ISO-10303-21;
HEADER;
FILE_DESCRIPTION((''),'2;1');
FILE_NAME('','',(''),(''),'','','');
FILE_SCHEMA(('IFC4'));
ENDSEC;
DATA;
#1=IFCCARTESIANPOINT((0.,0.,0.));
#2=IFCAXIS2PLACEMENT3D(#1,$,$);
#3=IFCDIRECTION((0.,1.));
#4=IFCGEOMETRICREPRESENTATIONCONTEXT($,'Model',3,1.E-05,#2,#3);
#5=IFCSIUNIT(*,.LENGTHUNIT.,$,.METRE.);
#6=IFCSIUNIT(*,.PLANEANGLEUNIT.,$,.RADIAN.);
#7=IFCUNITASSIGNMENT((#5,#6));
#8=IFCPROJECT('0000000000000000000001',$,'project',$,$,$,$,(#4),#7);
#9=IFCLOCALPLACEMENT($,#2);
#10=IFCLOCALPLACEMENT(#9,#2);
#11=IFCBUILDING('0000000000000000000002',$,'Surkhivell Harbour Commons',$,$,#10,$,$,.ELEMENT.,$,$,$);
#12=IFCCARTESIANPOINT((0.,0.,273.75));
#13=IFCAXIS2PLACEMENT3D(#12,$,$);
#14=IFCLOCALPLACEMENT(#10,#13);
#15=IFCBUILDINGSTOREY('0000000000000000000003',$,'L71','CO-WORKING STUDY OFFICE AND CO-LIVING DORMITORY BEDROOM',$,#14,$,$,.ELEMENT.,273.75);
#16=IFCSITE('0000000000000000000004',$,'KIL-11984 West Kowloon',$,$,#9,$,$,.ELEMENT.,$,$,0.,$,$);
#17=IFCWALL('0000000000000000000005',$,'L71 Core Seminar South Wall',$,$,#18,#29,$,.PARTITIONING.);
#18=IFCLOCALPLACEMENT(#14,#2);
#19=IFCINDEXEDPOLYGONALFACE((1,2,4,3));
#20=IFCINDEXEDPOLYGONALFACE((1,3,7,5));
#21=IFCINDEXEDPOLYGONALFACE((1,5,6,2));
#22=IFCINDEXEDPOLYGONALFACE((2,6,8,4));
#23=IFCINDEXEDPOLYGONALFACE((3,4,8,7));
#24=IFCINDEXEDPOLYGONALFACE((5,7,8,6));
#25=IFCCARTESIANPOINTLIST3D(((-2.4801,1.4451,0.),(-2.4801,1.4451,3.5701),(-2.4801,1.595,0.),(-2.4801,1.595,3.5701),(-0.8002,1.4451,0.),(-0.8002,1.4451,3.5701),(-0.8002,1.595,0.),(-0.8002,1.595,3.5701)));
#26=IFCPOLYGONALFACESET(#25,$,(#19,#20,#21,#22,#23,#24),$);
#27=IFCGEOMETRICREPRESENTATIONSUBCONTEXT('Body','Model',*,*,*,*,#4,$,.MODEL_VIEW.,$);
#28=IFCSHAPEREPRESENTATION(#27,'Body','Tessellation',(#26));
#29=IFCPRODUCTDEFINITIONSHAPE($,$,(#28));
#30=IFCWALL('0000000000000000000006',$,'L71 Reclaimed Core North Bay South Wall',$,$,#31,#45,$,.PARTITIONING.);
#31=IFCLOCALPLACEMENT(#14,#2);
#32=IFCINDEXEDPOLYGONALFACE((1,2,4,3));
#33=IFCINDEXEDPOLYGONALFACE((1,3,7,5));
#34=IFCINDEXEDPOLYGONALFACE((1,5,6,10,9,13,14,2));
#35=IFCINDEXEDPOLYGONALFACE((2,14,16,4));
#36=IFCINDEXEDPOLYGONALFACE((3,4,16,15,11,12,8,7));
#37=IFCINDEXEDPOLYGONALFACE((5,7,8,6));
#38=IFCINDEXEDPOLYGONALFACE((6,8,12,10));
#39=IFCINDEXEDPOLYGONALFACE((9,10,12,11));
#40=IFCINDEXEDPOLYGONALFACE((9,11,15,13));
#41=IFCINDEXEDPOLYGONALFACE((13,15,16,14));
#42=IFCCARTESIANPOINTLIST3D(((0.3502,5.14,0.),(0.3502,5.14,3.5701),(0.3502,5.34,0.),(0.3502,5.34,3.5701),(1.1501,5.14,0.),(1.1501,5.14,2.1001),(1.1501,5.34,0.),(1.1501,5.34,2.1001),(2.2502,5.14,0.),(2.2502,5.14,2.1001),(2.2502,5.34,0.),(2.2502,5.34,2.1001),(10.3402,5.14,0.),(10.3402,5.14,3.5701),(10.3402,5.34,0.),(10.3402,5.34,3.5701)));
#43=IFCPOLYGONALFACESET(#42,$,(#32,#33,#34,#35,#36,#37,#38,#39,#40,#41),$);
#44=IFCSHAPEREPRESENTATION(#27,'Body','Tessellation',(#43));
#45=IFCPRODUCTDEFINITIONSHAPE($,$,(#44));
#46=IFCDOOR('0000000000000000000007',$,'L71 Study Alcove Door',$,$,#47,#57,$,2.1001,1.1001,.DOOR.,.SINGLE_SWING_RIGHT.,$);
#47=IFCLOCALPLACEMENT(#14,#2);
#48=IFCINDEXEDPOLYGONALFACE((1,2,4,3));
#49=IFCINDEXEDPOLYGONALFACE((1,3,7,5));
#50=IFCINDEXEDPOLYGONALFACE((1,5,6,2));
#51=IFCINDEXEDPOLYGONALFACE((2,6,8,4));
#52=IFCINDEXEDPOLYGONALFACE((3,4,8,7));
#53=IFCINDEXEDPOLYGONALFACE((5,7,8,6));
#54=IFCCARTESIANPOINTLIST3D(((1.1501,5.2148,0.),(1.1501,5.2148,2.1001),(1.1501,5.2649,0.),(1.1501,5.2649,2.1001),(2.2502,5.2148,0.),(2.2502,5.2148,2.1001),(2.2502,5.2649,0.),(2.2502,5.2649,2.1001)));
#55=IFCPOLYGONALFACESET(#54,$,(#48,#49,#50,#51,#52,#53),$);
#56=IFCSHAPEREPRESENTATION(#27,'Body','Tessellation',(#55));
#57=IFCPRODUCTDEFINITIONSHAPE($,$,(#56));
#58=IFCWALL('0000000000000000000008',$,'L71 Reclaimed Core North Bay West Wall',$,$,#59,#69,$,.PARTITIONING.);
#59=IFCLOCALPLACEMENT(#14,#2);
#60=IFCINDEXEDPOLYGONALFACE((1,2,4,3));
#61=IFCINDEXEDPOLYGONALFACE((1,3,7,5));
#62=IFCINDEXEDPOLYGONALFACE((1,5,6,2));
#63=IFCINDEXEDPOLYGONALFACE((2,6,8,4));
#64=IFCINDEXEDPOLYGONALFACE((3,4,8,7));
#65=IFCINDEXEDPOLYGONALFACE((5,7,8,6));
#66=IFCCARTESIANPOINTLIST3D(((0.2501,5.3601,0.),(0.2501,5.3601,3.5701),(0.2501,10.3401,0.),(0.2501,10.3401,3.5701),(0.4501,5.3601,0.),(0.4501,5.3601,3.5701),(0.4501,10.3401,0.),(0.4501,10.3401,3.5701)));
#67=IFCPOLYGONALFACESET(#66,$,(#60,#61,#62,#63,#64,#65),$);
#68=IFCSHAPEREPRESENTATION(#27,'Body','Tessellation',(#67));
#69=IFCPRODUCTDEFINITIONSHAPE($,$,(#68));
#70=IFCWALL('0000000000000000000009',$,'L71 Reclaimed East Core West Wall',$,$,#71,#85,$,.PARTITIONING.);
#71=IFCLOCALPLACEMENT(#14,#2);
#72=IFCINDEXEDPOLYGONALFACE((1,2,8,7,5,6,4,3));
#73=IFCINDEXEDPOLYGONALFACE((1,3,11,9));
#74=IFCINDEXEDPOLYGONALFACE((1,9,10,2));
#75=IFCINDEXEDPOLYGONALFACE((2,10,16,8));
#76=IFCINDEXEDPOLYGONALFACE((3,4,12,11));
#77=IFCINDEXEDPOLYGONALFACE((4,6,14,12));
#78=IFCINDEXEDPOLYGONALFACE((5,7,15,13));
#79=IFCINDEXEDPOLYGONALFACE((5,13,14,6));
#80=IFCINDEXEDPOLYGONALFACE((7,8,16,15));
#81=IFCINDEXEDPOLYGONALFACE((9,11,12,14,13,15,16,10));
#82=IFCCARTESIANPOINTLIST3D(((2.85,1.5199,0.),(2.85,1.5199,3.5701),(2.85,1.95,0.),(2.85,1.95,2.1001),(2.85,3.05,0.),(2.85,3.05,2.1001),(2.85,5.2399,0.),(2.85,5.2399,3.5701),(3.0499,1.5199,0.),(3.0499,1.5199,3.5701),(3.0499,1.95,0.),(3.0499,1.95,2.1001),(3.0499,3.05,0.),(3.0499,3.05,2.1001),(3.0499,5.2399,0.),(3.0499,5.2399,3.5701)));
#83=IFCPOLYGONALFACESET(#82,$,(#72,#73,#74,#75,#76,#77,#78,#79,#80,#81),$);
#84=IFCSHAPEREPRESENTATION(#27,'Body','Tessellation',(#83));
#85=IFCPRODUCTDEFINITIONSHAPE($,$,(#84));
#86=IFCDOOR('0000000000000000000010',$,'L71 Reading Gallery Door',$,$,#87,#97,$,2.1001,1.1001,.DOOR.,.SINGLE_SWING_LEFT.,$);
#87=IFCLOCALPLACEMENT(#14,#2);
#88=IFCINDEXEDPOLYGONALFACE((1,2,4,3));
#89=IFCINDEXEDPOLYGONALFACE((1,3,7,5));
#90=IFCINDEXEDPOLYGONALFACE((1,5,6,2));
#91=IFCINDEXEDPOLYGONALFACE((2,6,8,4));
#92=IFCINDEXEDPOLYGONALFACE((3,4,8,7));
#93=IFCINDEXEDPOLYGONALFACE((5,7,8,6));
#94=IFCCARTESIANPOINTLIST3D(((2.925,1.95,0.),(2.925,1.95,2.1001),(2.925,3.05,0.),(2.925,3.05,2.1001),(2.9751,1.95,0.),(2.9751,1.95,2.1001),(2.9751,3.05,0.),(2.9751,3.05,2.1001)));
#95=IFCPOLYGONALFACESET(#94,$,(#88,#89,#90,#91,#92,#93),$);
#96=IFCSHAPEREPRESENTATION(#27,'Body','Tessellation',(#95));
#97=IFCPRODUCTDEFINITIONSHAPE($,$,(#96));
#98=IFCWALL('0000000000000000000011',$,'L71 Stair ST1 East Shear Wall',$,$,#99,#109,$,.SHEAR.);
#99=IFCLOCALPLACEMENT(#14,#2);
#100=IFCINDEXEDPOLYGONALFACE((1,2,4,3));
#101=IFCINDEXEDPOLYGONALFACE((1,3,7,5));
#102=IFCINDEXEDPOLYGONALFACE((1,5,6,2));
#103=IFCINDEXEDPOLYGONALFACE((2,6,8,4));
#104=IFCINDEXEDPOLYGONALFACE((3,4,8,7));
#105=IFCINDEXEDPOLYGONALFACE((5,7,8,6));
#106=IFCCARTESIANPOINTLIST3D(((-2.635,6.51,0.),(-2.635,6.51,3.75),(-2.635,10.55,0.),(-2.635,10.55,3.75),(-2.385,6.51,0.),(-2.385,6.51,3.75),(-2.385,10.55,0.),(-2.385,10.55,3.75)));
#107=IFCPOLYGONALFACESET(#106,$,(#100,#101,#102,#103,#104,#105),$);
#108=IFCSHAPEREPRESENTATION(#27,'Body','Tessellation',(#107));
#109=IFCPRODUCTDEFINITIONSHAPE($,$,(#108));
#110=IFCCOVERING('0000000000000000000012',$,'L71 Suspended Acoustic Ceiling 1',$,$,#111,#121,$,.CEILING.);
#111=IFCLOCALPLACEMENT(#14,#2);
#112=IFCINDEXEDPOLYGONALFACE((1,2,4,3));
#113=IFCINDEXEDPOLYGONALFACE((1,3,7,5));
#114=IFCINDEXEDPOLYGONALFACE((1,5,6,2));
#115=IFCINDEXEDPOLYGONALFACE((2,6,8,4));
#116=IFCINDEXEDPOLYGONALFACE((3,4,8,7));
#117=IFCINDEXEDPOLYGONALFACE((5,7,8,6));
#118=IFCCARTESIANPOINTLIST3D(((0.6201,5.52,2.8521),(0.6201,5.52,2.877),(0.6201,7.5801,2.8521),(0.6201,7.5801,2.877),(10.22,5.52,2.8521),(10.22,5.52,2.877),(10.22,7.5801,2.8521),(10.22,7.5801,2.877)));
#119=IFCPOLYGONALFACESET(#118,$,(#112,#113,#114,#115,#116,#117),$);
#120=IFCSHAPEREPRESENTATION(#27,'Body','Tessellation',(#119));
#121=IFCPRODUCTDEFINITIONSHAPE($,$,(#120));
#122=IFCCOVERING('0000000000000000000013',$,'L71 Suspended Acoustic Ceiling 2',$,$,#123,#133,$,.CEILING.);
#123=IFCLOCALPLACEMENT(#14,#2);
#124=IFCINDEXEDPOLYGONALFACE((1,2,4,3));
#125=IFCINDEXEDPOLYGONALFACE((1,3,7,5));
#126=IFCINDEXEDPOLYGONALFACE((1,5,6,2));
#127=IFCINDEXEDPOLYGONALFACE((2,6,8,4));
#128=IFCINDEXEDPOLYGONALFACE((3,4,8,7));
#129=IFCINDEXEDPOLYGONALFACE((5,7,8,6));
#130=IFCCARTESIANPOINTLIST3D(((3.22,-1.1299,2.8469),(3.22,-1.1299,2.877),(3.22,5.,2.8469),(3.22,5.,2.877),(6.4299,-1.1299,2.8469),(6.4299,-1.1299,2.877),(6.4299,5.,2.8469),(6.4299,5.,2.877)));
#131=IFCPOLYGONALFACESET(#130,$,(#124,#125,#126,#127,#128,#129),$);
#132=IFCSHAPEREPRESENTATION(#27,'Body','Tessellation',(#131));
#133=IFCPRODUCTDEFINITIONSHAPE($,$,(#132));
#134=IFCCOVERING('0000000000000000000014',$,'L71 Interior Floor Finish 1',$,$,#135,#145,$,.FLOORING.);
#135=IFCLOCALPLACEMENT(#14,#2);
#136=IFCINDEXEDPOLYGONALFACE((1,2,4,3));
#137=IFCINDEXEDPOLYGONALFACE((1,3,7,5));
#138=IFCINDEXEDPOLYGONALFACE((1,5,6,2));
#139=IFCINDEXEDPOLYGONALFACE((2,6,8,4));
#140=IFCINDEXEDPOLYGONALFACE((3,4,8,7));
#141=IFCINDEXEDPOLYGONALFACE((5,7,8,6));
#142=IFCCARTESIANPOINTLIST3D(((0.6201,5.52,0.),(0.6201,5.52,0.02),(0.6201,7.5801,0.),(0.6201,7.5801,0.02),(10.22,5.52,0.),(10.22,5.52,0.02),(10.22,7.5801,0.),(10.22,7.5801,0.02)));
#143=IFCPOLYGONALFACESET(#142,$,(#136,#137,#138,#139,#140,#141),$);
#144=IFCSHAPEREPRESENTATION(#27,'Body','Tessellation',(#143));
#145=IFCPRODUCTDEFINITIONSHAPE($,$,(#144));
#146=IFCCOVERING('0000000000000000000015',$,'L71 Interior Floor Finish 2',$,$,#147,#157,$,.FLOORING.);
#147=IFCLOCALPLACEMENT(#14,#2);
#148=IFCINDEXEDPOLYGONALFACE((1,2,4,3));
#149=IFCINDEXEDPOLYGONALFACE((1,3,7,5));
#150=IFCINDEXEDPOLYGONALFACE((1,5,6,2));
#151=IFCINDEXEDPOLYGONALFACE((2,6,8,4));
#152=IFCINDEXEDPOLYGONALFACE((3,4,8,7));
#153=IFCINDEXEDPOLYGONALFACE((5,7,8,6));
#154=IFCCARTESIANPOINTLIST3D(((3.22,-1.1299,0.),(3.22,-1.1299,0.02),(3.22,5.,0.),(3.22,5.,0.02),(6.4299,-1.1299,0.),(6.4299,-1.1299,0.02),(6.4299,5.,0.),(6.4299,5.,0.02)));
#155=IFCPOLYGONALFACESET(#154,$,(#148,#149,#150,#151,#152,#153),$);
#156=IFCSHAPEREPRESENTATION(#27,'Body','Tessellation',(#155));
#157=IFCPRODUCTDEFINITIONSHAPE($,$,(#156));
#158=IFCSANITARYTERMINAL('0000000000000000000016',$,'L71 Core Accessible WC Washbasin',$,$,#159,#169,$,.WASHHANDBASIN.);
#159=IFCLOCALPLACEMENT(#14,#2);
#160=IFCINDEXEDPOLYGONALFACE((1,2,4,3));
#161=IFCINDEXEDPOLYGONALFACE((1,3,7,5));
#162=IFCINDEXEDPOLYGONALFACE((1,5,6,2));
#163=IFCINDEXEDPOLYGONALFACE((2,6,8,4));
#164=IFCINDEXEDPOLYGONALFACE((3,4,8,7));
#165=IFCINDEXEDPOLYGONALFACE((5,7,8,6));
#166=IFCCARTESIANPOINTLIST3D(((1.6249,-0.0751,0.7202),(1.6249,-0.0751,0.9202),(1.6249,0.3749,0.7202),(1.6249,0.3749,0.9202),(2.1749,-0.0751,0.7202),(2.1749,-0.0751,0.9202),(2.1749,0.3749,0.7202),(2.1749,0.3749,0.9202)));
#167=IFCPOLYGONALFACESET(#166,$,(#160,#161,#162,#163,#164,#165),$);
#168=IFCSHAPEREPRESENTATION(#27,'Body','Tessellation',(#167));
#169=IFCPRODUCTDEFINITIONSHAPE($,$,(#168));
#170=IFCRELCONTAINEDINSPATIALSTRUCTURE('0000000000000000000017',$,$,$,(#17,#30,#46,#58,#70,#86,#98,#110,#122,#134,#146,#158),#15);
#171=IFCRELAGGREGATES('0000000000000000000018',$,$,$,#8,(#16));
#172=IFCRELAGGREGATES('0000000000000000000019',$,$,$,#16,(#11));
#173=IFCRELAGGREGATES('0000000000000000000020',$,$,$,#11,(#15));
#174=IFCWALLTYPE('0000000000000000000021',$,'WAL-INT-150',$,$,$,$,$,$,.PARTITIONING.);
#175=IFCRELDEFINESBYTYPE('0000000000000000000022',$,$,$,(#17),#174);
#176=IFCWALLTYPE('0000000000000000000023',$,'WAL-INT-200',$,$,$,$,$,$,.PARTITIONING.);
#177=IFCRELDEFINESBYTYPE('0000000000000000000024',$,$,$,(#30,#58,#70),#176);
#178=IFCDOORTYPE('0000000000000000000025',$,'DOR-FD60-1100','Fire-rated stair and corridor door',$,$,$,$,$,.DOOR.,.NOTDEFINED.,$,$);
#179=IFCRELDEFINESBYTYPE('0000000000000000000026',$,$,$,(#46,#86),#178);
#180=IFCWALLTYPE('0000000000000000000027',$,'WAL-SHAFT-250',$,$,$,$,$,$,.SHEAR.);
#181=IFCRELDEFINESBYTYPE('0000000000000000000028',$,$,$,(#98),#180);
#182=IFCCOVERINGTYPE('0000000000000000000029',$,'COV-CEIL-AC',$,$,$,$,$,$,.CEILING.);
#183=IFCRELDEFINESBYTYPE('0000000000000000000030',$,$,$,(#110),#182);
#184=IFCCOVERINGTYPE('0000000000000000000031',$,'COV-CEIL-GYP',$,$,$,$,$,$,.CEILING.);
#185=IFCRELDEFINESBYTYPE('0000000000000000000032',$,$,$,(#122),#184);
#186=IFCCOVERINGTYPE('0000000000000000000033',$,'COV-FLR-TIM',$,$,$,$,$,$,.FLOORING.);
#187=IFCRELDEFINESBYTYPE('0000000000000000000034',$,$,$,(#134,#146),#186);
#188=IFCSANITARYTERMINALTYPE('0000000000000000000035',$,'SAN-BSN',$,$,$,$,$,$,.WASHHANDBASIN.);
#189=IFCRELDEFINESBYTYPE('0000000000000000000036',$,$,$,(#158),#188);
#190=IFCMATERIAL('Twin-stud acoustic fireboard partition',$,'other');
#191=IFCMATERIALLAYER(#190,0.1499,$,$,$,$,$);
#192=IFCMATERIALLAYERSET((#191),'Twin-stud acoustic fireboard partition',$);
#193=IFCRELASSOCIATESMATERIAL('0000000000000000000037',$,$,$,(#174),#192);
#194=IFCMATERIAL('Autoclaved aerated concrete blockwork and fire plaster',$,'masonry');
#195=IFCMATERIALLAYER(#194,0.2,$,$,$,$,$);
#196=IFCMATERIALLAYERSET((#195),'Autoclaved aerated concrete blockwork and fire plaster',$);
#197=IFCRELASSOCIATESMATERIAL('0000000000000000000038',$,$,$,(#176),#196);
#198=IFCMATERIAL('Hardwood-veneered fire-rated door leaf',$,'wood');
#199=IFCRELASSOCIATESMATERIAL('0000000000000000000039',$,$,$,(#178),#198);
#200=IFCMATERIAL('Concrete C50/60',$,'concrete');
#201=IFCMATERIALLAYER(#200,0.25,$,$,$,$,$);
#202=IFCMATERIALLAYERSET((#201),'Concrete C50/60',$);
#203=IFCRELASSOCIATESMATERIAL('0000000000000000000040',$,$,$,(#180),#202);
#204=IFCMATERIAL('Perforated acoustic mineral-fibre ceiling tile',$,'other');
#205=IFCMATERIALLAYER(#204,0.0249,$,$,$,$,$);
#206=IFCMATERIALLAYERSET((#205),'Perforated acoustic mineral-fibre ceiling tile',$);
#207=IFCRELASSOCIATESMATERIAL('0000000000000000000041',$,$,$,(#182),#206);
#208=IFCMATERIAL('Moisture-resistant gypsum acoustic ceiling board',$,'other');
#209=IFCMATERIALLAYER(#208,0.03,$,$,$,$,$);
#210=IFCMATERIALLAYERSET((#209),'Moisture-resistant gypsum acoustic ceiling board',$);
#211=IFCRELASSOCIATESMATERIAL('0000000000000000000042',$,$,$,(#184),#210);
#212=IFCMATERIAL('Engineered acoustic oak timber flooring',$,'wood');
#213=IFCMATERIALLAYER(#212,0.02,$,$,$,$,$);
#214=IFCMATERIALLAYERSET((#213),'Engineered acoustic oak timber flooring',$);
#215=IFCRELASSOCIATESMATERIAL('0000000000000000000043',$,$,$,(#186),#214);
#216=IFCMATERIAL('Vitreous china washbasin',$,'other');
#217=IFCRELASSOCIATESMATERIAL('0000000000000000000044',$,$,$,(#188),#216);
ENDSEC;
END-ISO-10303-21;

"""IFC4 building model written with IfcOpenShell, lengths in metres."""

from ifc_helpers import new_model, si_unit, direction, frame, frame_2d, origin, origin_2d, place, context, subcontext, project, spatial, polyline, rectangle, outline, extrude, material, layer, layer_set, type_object, element, fill, save


model = new_model("IFC4")

# Units and contexts
model_context = context("Model", 3, precision=1e-05, world=origin(), true_north=direction((0.0, 1.0)))
body_context = subcontext(model_context, "Body", "Model", "MODEL_VIEW")
ifc_project = project(units=[si_unit("LENGTHUNIT", "METRE"), si_unit("PLANEANGLEUNIT", "RADIAN")], contexts=[model_context])

# Site, building, storey
site_placement = place(None, origin())
site = spatial("IfcSite", under=ifc_project, at=site_placement, Name="KIL-11984 West Kowloon", CompositionType="ELEMENT", RefElevation=0.0)
building_placement = place(site_placement, origin())
building = spatial("IfcBuilding", under=site, at=building_placement, Name="Surkhivell Harbour Commons", CompositionType="ELEMENT")
storey_placement = place(building_placement, frame((0.0, 0.0, 273.75)))
storey = spatial("IfcBuildingStorey", under=building, at=storey_placement, Name="L71", Description="CO-WORKING STUDY OFFICE AND CO-LIVING DORMITORY BEDROOM", CompositionType="ELEMENT", Elevation=273.75)

# Shared definitions
ifc_material_1 = material(Name="Concrete C50/60", Category="concrete")
ifc_material_2 = material(Name="Twin-stud acoustic fireboard partition", Category="other")
ifc_layer_1 = layer(ifc_material_2, 0.1499)
ifc_layer_set_1 = layer_set([ifc_layer_1], Name="Twin-stud acoustic fireboard partition")
wall_type_1 = type_object("IfcWallType", Name="WAL-INT-150", PredefinedType="PARTITIONING", material=ifc_layer_set_1)

# Shared definitions
ifc_material_3 = material(Name="Hardwood-veneered fire-rated door leaf", Category="wood")

# Wall
for number, where, z_axis, x_axis, name in (
    (1, (-2.48, 1.52, 0.0), (0.0, 0.0, 1.0), (1.0, 0.0, 0.0), "L71 Core Seminar South Wall"),
):
    element("IfcWall", number, at=place(storey_placement, frame(where, z_axis=z_axis, x_axis=x_axis)), inside=storey, type_object=wall_type_1, Name=name, PredefinedType="PARTITIONING", context=body_context, shape_type="SweptSolid", body=[
        extrude(rectangle(XDim=1.6799, YDim=0.1499, at=frame_2d((0.8398, 0.0))), origin(), (0.0, 0.0, 1.0), 3.5701),
    ])

# Wall, opening, door
ifc_material_4 = material(Name="Autoclaved aerated concrete blockwork and fire plaster", Category="masonry")
ifc_layer_2 = layer(ifc_material_4, 0.2)
ifc_layer_set_2 = layer_set([ifc_layer_2], Name="Autoclaved aerated concrete blockwork and fire plaster")
wall_type_2 = type_object("IfcWallType", Name="WAL-INT-200", PredefinedType="PARTITIONING", material=ifc_layer_set_2)
wall_1_placement = place(storey_placement, frame((0.3501, 5.24, 0.0), z_axis=(0.0, 0.0, 1.0), x_axis=(1.0, 0.0, 0.0)))
wall_1 = element("IfcWall", 2, at=wall_1_placement, inside=storey, type_object=wall_type_2, Name="L71 Reclaimed Core North Bay South Wall", PredefinedType="PARTITIONING", context=body_context, shape_type="SweptSolid", body=[
    extrude(rectangle(XDim=9.99, YDim=0.2, at=frame_2d((4.9951, 0.0))), origin(), (0.0, 0.0, 1.0), 3.5701),
])
opening_1_placement = place(wall_1_placement, frame((0.8, 0.0, 0.0)))
opening_1 = element("IfcOpeningElement", 3, at=opening_1_placement, cuts=wall_1, PredefinedType="OPENING", context=body_context, shape_type="SweptSolid", body=[
    extrude(rectangle(XDim=1.1001, YDim=2.1001, at=frame_2d((0.55, 1.05))), frame((0.0, 0.1099, 0.0), z_axis=(0.0, -1.0, 0.0), x_axis=(1.0, 0.0, 0.0)), (0.0, 0.0, 1.0), 0.22),
])
door_type_1 = type_object("IfcDoorType", Name="DOR-FD60-1100", Description="Fire-rated stair and corridor door", OperationType="NOTDEFINED", PredefinedType="DOOR", material=ifc_material_3)
door_1_placement = place(opening_1_placement, origin())
door_1 = element("IfcDoor", 4, at=door_1_placement, inside=storey, type_object=door_type_1, Name="L71 Study Alcove Door", OperationType="SINGLE_SWING_RIGHT", OverallHeight=2.1001, OverallWidth=1.1001, PredefinedType="DOOR", context=body_context, shape_type="SweptSolid", body=[
    extrude(rectangle(XDim=1.1001, YDim=2.1001, at=frame_2d((0.55, 1.05))), frame((0.0, 0.0249, 0.0), z_axis=(0.0, -1.0, 0.0), x_axis=(1.0, 0.0, 0.0)), (0.0, 0.0, 1.0), 0.05),
])
fill(opening_1, door_1)

# Wall
wall_2_placement = place(storey_placement, frame((0.3501, 5.3601, 0.0), z_axis=(0.0, 0.0, 1.0), x_axis=(0.0, 1.0, 0.0)))
element("IfcWall", 5, at=wall_2_placement, inside=storey, type_object=wall_type_2, Name="L71 Reclaimed Core North Bay West Wall", PredefinedType="PARTITIONING", context=body_context, shape_type="SweptSolid", body=[
    extrude(rectangle(XDim=4.98, YDim=0.2, at=frame_2d((2.49, 0.0))), origin(), (0.0, 0.0, 1.0), 3.5701),
])

# Wall, opening, door
wall_3_placement = place(storey_placement, frame((2.95, 1.52, 0.0), z_axis=(0.0, 0.0, 1.0), x_axis=(0.0, 1.0, 0.0)))
wall_3 = element("IfcWall", 6, at=wall_3_placement, inside=storey, type_object=wall_type_2, Name="L71 Reclaimed East Core West Wall", PredefinedType="PARTITIONING", context=body_context, shape_type="SweptSolid", body=[
    extrude(rectangle(XDim=3.72, YDim=0.2, at=frame_2d((1.8599, 0.0))), origin(), (0.0, 0.0, 1.0), 3.5701),
])
opening_2_placement = place(wall_3_placement, frame((0.4299, 0.0, 0.0)))
opening_2 = element("IfcOpeningElement", 7, at=opening_2_placement, cuts=wall_3, PredefinedType="OPENING", context=body_context, shape_type="SweptSolid", body=[
    extrude(rectangle(XDim=1.1001, YDim=2.1001, at=frame_2d((0.55, 1.05))), frame((0.0, 0.1099, 0.0), z_axis=(0.0, -1.0, 0.0), x_axis=(1.0, 0.0, 0.0)), (0.0, 0.0, 1.0), 0.22),
])
door_2_placement = place(opening_2_placement, origin())
door_2 = element("IfcDoor", 8, at=door_2_placement, inside=storey, type_object=door_type_1, Name="L71 Reading Gallery Door", OperationType="SINGLE_SWING_LEFT", OverallHeight=2.1001, OverallWidth=1.1001, PredefinedType="DOOR", context=body_context, shape_type="SweptSolid", body=[
    extrude(rectangle(XDim=1.1001, YDim=2.1001, at=frame_2d((0.55, 1.05))), frame((0.0, 0.0249, 0.0), z_axis=(0.0, -1.0, 0.0), x_axis=(1.0, 0.0, 0.0)), (0.0, 0.0, 1.0), 0.05),
])
fill(opening_2, door_2)

# Wall
ifc_layer_3 = layer(ifc_material_1, 0.25)
ifc_layer_set_3 = layer_set([ifc_layer_3], Name="Concrete C50/60")
wall_type_3 = type_object("IfcWallType", Name="WAL-SHAFT-250", PredefinedType="SHEAR", material=ifc_layer_set_3)
wall_4_placement = place(storey_placement, frame((-2.51, 6.51, 0.0), z_axis=(0.0, 0.0, 1.0), x_axis=(0.0, 1.0, 0.0)))
element("IfcWall", 9, at=wall_4_placement, inside=storey, type_object=wall_type_3, Name="L71 Stair ST1 East Shear Wall", PredefinedType="SHEAR", context=body_context, shape_type="SweptSolid", body=[
    extrude(rectangle(XDim=4.04, YDim=0.25, at=frame_2d((2.02, 0.0))), origin(), (0.0, 0.0, 1.0), 3.75),
])

# Coverings
ifc_material_5 = material(Name="Perforated acoustic mineral-fibre ceiling tile", Category="other")
ifc_layer_4 = layer(ifc_material_5, 0.0249)
ifc_layer_set_4 = layer_set([ifc_layer_4], Name="Perforated acoustic mineral-fibre ceiling tile")
covering_type_1 = type_object("IfcCoveringType", Name="COV-CEIL-AC", PredefinedType="CEILING", material=ifc_layer_set_4)
covering_1_placement = place(storey_placement, frame((0.0, 0.0, 2.8521)))
element("IfcCovering", 10, at=covering_1_placement, inside=storey, type_object=covering_type_1, Name="L71 Suspended Acoustic Ceiling 1", PredefinedType="CEILING", context=body_context, shape_type="SweptSolid", body=[
    extrude(outline(polyline([(0.6201, 5.52), (10.22, 5.52), (10.22, 7.5801), (0.6201, 7.5801), (0.6201, 5.52)])), origin(), (0.0, 0.0, 1.0), 0.0249),
])
ifc_material_6 = material(Name="Moisture-resistant gypsum acoustic ceiling board", Category="other")
ifc_layer_5 = layer(ifc_material_6, 0.03)
ifc_layer_set_5 = layer_set([ifc_layer_5], Name="Moisture-resistant gypsum acoustic ceiling board")
covering_type_2 = type_object("IfcCoveringType", Name="COV-CEIL-GYP", PredefinedType="CEILING", material=ifc_layer_set_5)
covering_2_placement = place(storey_placement, frame((0.0, 0.0, 2.8469)))
element("IfcCovering", 11, at=covering_2_placement, inside=storey, type_object=covering_type_2, Name="L71 Suspended Acoustic Ceiling 2", PredefinedType="CEILING", context=body_context, shape_type="SweptSolid", body=[
    extrude(outline(polyline([(3.22, -1.1299), (6.4299, -1.1299), (6.4299, 5.0), (3.22, 5.0), (3.22, -1.1299)])), origin(), (0.0, 0.0, 1.0), 0.03),
])
ifc_material_7 = material(Name="Engineered acoustic oak timber flooring", Category="wood")
ifc_layer_6 = layer(ifc_material_7, 0.02)
ifc_layer_set_6 = layer_set([ifc_layer_6], Name="Engineered acoustic oak timber flooring")
covering_type_3 = type_object("IfcCoveringType", Name="COV-FLR-TIM", PredefinedType="FLOORING", material=ifc_layer_set_6)
covering_3_placement = place(storey_placement, origin())
element("IfcCovering", 12, at=covering_3_placement, inside=storey, type_object=covering_type_3, Name="L71 Interior Floor Finish 1", PredefinedType="FLOORING", context=body_context, shape_type="SweptSolid", body=[
    extrude(outline(polyline([(0.6201, 5.52), (10.22, 5.52), (10.22, 7.5801), (0.6201, 7.5801), (0.6201, 5.52)])), origin(), (0.0, 0.0, 1.0), 0.02),
])
covering_4_placement = place(storey_placement, origin())
element("IfcCovering", 13, at=covering_4_placement, inside=storey, type_object=covering_type_3, Name="L71 Interior Floor Finish 2", PredefinedType="FLOORING", context=body_context, shape_type="SweptSolid", body=[
    extrude(outline(polyline([(3.22, -1.1299), (6.4299, -1.1299), (6.4299, 5.0), (3.22, 5.0), (3.22, -1.1299)])), origin(), (0.0, 0.0, 1.0), 0.02),
])

# Sanitary terminal
ifc_material_8 = material(Name="Vitreous china washbasin", Category="other")
sanitary_terminal_type_1 = type_object("IfcSanitaryTerminalType", Name="SAN-BSN", PredefinedType="WASHHANDBASIN", material=ifc_material_8)
sanitary_terminal_1_placement = place(storey_placement, frame((1.8999, 0.1499, 0.7202), z_axis=(0.0, 0.0, 1.0), x_axis=(1.0, 0.0, 0.0)))
element("IfcSanitaryTerminal", 14, at=sanitary_terminal_1_placement, inside=storey, type_object=sanitary_terminal_type_1, Name="L71 Core Accessible WC Washbasin", PredefinedType="WASHHANDBASIN", context=body_context, shape_type="SweptSolid", body=[
    extrude(rectangle(XDim=0.55, YDim=0.45, at=origin_2d()), origin(), (0.0, 0.0, 1.0), 0.2),
])

save(model, "model.ifc")
